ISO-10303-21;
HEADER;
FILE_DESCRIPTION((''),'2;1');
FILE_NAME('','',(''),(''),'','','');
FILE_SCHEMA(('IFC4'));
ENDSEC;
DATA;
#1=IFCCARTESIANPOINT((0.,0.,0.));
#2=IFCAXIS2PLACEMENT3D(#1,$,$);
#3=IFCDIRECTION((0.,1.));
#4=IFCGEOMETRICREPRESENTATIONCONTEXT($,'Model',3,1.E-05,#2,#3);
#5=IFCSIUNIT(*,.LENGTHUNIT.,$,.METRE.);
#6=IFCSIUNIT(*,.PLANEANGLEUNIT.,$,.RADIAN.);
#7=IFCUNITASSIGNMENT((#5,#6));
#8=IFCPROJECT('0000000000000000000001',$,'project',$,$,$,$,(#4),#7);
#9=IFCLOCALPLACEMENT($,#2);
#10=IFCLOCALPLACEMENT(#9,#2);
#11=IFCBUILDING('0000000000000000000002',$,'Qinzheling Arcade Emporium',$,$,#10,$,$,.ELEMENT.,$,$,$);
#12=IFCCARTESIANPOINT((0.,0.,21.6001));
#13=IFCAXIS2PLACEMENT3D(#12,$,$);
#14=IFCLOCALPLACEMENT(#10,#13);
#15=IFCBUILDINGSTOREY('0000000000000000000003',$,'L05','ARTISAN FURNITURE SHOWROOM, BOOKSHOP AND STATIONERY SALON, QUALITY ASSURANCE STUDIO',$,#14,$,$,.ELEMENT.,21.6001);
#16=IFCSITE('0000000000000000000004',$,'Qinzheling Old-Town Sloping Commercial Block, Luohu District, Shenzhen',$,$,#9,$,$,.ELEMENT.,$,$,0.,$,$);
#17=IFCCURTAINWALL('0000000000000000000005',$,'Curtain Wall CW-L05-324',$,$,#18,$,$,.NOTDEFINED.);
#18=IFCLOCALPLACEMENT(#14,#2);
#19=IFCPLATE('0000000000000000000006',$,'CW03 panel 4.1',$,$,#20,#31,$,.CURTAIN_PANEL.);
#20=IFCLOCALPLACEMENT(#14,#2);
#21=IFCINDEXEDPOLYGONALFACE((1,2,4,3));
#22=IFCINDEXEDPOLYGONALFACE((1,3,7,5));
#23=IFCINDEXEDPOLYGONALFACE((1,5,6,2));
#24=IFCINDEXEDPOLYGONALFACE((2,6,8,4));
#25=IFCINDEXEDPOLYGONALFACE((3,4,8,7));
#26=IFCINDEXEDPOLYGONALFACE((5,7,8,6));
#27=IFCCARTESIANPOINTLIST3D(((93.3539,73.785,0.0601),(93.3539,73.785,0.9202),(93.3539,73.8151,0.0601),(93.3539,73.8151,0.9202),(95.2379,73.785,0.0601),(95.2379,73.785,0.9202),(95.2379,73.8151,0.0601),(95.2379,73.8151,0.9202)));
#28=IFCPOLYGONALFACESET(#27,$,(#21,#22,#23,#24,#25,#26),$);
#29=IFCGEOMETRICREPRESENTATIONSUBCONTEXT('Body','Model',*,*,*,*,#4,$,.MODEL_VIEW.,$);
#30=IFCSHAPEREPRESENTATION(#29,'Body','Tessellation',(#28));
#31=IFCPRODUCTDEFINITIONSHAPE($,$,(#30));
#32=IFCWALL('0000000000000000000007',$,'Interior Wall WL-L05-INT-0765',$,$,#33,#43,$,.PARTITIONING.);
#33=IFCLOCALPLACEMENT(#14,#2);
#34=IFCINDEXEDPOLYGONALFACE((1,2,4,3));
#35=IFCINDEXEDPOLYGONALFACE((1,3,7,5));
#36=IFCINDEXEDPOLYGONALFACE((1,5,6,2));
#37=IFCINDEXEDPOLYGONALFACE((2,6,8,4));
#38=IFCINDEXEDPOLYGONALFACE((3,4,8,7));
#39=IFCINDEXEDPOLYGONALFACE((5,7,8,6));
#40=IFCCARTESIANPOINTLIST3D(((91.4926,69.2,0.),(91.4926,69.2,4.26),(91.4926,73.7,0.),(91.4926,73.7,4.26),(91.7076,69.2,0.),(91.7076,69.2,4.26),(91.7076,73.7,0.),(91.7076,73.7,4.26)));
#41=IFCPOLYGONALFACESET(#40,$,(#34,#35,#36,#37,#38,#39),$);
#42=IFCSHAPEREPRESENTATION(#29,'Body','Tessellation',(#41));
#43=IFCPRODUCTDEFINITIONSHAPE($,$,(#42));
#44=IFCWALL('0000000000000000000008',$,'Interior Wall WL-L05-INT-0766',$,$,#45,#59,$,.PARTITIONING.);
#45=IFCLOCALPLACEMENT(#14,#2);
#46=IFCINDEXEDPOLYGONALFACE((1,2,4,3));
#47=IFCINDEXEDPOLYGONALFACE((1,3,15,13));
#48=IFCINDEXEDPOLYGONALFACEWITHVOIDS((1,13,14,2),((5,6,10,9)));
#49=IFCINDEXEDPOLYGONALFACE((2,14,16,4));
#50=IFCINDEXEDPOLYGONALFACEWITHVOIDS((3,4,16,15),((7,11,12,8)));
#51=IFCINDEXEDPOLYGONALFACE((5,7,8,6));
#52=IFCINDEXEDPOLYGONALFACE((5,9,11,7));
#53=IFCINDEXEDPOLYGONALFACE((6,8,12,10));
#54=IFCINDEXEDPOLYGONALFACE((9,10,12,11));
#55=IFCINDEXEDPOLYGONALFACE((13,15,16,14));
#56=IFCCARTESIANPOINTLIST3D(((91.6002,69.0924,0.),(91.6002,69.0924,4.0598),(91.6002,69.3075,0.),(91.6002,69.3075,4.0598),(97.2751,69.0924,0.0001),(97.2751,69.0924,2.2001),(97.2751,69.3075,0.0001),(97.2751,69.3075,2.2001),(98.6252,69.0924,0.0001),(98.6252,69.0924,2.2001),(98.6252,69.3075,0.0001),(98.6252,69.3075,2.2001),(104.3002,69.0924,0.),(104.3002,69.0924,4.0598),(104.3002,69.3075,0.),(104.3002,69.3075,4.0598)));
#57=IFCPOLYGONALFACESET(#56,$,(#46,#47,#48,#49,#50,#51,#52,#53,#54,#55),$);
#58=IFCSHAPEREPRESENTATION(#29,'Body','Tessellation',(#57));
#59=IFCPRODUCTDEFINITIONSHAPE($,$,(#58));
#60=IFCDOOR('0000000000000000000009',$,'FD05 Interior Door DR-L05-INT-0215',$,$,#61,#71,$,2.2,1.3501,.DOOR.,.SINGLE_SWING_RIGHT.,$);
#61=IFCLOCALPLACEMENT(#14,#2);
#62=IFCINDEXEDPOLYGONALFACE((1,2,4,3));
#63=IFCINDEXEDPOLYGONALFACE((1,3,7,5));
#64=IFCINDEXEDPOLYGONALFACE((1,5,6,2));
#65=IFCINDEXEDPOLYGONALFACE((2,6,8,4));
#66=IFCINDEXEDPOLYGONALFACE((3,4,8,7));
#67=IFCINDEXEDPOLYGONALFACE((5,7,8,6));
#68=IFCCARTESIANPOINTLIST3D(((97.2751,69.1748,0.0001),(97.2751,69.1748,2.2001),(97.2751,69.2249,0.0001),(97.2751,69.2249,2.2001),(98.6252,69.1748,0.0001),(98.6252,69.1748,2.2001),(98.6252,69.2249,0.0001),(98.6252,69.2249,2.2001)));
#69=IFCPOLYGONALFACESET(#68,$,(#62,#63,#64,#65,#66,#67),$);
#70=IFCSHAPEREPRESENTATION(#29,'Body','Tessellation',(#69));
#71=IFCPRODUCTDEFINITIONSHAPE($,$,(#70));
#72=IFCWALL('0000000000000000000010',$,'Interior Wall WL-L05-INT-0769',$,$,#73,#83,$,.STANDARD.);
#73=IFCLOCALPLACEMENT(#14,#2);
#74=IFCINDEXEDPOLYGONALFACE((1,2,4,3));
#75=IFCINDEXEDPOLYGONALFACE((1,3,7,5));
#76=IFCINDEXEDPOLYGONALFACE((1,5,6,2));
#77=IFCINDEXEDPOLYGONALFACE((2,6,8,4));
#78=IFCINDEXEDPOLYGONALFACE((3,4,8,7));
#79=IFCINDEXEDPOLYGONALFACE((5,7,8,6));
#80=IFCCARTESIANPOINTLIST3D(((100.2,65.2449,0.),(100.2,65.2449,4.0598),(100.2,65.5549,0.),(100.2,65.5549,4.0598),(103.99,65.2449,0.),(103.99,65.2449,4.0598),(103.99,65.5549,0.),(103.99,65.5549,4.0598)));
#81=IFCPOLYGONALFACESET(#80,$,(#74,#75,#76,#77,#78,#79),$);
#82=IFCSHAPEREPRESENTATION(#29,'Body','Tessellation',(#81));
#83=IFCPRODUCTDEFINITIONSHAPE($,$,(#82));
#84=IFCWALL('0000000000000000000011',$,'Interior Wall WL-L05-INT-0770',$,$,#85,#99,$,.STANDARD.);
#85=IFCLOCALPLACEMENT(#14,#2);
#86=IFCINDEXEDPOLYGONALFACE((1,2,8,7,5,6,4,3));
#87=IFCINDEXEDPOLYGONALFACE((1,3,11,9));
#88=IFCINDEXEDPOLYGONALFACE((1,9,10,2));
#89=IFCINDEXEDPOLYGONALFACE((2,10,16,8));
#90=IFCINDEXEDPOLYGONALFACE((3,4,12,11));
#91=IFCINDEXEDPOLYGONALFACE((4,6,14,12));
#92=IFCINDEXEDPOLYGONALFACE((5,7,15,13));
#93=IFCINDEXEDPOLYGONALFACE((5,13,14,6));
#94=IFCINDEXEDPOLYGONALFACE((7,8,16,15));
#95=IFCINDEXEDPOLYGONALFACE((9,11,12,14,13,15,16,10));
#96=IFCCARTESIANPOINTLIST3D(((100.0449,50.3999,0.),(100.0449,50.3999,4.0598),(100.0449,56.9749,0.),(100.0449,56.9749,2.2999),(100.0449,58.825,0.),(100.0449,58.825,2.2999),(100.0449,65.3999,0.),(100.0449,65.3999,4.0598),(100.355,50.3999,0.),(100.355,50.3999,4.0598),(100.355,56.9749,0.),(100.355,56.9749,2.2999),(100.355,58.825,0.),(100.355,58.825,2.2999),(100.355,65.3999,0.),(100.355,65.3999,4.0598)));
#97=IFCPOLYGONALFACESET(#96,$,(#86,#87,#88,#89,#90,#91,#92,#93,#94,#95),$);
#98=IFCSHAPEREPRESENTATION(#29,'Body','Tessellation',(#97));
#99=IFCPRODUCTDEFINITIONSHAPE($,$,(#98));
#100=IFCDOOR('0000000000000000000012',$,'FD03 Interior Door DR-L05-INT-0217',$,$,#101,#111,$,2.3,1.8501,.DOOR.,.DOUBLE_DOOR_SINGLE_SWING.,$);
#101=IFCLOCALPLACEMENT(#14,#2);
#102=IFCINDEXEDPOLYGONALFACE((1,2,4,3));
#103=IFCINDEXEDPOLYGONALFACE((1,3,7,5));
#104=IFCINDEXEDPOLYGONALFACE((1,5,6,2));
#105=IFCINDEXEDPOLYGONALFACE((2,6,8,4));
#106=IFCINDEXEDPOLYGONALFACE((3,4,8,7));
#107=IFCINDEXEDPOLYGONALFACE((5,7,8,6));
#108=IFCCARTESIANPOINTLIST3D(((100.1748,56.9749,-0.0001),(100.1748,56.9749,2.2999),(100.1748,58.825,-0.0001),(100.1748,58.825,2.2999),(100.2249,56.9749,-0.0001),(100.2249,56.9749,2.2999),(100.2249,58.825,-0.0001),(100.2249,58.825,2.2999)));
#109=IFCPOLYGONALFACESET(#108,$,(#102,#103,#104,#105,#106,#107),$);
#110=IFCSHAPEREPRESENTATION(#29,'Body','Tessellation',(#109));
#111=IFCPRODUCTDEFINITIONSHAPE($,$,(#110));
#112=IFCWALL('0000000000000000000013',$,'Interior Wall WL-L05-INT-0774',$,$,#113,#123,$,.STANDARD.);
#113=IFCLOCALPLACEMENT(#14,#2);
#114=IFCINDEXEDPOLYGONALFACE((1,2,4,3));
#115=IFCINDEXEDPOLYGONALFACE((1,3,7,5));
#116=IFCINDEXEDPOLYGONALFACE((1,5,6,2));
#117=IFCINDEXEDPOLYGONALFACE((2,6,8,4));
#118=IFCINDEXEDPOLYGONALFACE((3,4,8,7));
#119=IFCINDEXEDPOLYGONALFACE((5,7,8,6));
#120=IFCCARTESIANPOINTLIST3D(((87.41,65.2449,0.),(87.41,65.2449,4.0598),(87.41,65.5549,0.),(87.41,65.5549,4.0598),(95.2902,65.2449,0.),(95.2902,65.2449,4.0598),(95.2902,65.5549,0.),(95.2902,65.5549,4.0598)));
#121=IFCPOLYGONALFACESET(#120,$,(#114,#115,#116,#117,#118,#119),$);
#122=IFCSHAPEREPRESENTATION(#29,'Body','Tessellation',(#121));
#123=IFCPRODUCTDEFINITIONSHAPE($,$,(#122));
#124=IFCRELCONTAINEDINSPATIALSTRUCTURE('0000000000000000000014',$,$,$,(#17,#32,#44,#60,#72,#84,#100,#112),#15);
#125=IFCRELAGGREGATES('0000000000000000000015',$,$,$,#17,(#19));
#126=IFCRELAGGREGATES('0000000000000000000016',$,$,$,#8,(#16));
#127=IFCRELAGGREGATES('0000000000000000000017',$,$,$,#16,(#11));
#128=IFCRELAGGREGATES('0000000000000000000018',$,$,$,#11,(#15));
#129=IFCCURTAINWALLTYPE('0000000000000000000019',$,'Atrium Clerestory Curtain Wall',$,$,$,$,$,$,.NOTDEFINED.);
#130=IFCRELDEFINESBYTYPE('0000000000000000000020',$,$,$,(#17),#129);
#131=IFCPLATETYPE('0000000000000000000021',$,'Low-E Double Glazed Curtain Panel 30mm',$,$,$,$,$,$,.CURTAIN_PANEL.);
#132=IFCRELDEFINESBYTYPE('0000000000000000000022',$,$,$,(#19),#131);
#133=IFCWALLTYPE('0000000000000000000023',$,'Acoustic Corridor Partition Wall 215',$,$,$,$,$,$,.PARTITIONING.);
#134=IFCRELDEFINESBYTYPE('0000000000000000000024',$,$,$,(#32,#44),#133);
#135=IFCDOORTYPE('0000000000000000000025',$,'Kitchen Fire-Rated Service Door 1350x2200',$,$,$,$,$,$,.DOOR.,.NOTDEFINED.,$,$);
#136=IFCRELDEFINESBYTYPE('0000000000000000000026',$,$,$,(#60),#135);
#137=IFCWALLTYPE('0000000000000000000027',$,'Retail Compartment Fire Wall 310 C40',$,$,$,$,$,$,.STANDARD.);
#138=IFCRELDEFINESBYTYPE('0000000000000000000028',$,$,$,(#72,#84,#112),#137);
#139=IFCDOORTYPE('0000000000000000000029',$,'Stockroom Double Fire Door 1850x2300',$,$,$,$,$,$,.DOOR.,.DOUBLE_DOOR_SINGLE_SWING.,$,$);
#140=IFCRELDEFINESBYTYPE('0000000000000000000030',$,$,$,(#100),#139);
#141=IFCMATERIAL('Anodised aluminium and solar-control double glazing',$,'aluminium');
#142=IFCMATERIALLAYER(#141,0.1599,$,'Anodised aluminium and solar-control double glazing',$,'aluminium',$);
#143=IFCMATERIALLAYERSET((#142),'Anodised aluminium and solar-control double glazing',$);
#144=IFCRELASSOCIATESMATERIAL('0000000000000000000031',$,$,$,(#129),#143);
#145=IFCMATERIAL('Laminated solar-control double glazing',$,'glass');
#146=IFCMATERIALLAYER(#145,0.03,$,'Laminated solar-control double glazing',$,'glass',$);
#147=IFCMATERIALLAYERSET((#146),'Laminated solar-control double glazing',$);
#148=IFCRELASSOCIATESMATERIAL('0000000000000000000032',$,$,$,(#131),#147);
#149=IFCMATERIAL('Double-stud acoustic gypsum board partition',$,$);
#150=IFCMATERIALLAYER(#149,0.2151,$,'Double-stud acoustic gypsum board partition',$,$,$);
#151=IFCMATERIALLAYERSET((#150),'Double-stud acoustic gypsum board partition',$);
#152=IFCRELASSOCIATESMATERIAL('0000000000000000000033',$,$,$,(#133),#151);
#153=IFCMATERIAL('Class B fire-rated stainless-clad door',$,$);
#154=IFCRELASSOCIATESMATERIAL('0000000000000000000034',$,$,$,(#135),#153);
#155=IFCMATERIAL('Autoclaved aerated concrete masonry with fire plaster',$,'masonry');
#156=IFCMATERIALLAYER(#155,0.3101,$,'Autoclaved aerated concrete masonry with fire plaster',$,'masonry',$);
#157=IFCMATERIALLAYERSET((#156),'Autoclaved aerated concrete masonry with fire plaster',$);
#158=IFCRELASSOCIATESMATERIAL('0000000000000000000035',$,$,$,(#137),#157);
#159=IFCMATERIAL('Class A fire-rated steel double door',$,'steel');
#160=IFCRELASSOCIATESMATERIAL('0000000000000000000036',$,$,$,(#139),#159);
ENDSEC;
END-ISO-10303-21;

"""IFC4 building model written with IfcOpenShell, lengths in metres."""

from ifc_helpers import new_model, si_unit, direction, frame, frame_2d, origin, origin_2d, place, context, subcontext, project, spatial, rectangle, extrude, material, layer, layer_set, type_object, element, fill, aggregate, save


model = new_model("IFC4")

# Units and contexts
model_context = context("Model", 3, precision=1e-05, world=origin(), true_north=direction((0.0, 1.0)))
body_context = subcontext(model_context, "Body", "Model", "MODEL_VIEW")
ifc_project = project(units=[si_unit("LENGTHUNIT", "METRE"), si_unit("PLANEANGLEUNIT", "RADIAN")], contexts=[model_context])

# Site, building, storey
site_placement = place(None, origin())
site = spatial("IfcSite", under=ifc_project, at=site_placement, Name="Qinzheling Old-Town Sloping Commercial Block, Luohu District, Shenzhen", CompositionType="ELEMENT", RefElevation=0.0)
building_placement = place(site_placement, origin())
building = spatial("IfcBuilding", under=site, at=building_placement, Name="Qinzheling Arcade Emporium", CompositionType="ELEMENT")
storey_placement = place(building_placement, frame((0.0, 0.0, 21.6001)))
storey = spatial("IfcBuildingStorey", under=building, at=storey_placement, Name="L05", Description="ARTISAN FURNITURE SHOWROOM, BOOKSHOP AND STATIONERY SALON, QUALITY ASSURANCE STUDIO", CompositionType="ELEMENT", Elevation=21.6001)

# Curtain wall
ifc_material_1 = material(Name="Anodised aluminium and solar-control double glazing", Category="aluminium")
ifc_layer_1 = layer(ifc_material_1, 0.1599, Name="Anodised aluminium and solar-control double glazing", Category="aluminium")
ifc_layer_set_1 = layer_set([ifc_layer_1], Name="Anodised aluminium and solar-control double glazing")
curtain_wall_type = type_object("IfcCurtainWallType", Name="Atrium Clerestory Curtain Wall", PredefinedType="NOTDEFINED", material=ifc_layer_set_1)
curtain_wall_1_placement = place(storey_placement, origin())
curtain_wall_1 = element("IfcCurtainWall", 1, at=curtain_wall_1_placement, inside=storey, type_object=curtain_wall_type, Name="Curtain Wall CW-L05-324", PredefinedType="NOTDEFINED")

# Plate
ifc_material_2 = material(Name="Laminated solar-control double glazing", Category="glass")
ifc_layer_2 = layer(ifc_material_2, 0.03, Name="Laminated solar-control double glazing", Category="glass")
ifc_layer_set_2 = layer_set([ifc_layer_2], Name="Laminated solar-control double glazing")
plate_type = type_object("IfcPlateType", Name="Low-E Double Glazed Curtain Panel 30mm", PredefinedType="CURTAIN_PANEL", material=ifc_layer_set_2)
plate_1_placement = place(storey_placement, frame((94.2959, 73.8, 0.0601), z_axis=(0.0, 0.0, 1.0), x_axis=(1.0, 0.0, 0.0)))
plate_1 = element("IfcPlate", 2, at=plate_1_placement, type_object=plate_type, Name="CW03 panel 4.1", PredefinedType="CURTAIN_PANEL", context=body_context, shape_type="SweptSolid", body=[
    extrude(rectangle(XDim=1.884, YDim=0.03, at=origin_2d()), origin(), (0.0, 0.0, 1.0), 0.8601),
])
aggregate(curtain_wall_1, [plate_1])

# Wall
ifc_material_3 = material(Name="Double-stud acoustic gypsum board partition")
ifc_layer_3 = layer(ifc_material_3, 0.2151, Name="Double-stud acoustic gypsum board partition")
ifc_layer_set_3 = layer_set([ifc_layer_3], Name="Double-stud acoustic gypsum board partition")
wall_type_1 = type_object("IfcWallType", Name="Acoustic Corridor Partition Wall 215", PredefinedType="PARTITIONING", material=ifc_layer_set_3)
wall_1_placement = place(storey_placement, frame((91.6001, 73.7, 0.0), z_axis=(0.0, 0.0, 1.0), x_axis=(0.0, -1.0, 0.0)))
element("IfcWall", 3, at=wall_1_placement, inside=storey, type_object=wall_type_1, Name="Interior Wall WL-L05-INT-0765", PredefinedType="PARTITIONING", context=body_context, shape_type="SweptSolid", body=[
    extrude(rectangle(XDim=4.5, YDim=0.2151, at=frame_2d((2.25, 0.0))), origin(), (0.0, 0.0, 1.0), 4.26),
])

# Wall, opening, door
wall_2_placement = place(storey_placement, frame((91.6001, 69.2, 0.0), z_axis=(0.0, 0.0, 1.0), x_axis=(1.0, 0.0, 0.0)))
wall_2 = element("IfcWall", 4, at=wall_2_placement, inside=storey, type_object=wall_type_1, Name="Interior Wall WL-L05-INT-0766", PredefinedType="PARTITIONING", context=body_context, shape_type="SweptSolid", body=[
    extrude(rectangle(XDim=12.7, YDim=0.2151, at=frame_2d((6.3501, 0.0))), origin(), (0.0, 0.0, 1.0), 4.0598),
])
opening_1_placement = place(wall_2_placement, frame((5.675, 0.0, 0.0)))
opening_1 = element("IfcOpeningElement", 5, at=opening_1_placement, cuts=wall_2, PredefinedType="OPENING", context=body_context, shape_type="SweptSolid", body=[
    extrude(rectangle(XDim=1.3501, YDim=2.2, at=frame_2d((0.675, 1.1001))), frame((0.0, 0.1177, 0.0), z_axis=(0.0, -1.0, 0.0), x_axis=(1.0, 0.0, 0.0)), (0.0, 0.0, 1.0), 0.2351),
])
ifc_material_4 = material(Name="Class B fire-rated stainless-clad door")
door_type_1 = type_object("IfcDoorType", Name="Kitchen Fire-Rated Service Door 1350x2200", OperationType="NOTDEFINED", PredefinedType="DOOR", material=ifc_material_4)
door_1_placement = place(opening_1_placement, origin())
door_1 = element("IfcDoor", 6, at=door_1_placement, inside=storey, type_object=door_type_1, Name="FD05 Interior Door DR-L05-INT-0215", OperationType="SINGLE_SWING_RIGHT", OverallHeight=2.2, OverallWidth=1.3501, PredefinedType="DOOR", context=body_context, shape_type="SweptSolid", body=[
    extrude(rectangle(XDim=1.3501, YDim=2.2, at=frame_2d((0.675, 1.1001))), frame((0.0, 0.0249, 0.0), z_axis=(0.0, -1.0, 0.0), x_axis=(1.0, 0.0, 0.0)), (0.0, 0.0, 1.0), 0.05),
])
fill(opening_1, door_1)

# Wall
ifc_material_5 = material(Name="Autoclaved aerated concrete masonry with fire plaster", Category="masonry")
ifc_layer_4 = layer(ifc_material_5, 0.3101, Name="Autoclaved aerated concrete masonry with fire plaster", Category="masonry")
ifc_layer_set_4 = layer_set([ifc_layer_4], Name="Autoclaved aerated concrete masonry with fire plaster")
wall_type_2 = type_object("IfcWallType", Name="Retail Compartment Fire Wall 310 C40", PredefinedType="STANDARD", material=ifc_layer_set_4)
wall_3_placement = place(storey_placement, frame((103.99, 65.3999, 0.0), z_axis=(0.0, 0.0, 1.0), x_axis=(-1.0, 0.0, 0.0)))
element("IfcWall", 7, at=wall_3_placement, inside=storey, type_object=wall_type_2, Name="Interior Wall WL-L05-INT-0769", PredefinedType="STANDARD", context=body_context, shape_type="SweptSolid", body=[
    extrude(rectangle(XDim=3.79, YDim=0.3101, at=frame_2d((1.895, 0.0))), origin(), (0.0, 0.0, 1.0), 4.0598),
])

# Wall, opening, door
wall_4_placement = place(storey_placement, frame((100.2, 65.3999, 0.0), z_axis=(0.0, 0.0, 1.0), x_axis=(0.0, -1.0, 0.0)))
wall_4 = element("IfcWall", 8, at=wall_4_placement, inside=storey, type_object=wall_type_2, Name="Interior Wall WL-L05-INT-0770", PredefinedType="STANDARD", context=body_context, shape_type="SweptSolid", body=[
    extrude(rectangle(XDim=15.0, YDim=0.3101, at=frame_2d((7.5, 0.0))), origin(), (0.0, 0.0, 1.0), 4.0598),
])
opening_2_placement = place(wall_4_placement, frame((6.575, 0.0, 0.0)))
opening_2 = element("IfcOpeningElement", 9, at=opening_2_placement, cuts=wall_4, PredefinedType="OPENING", context=body_context, shape_type="SweptSolid", body=[
    extrude(rectangle(XDim=1.8501, YDim=2.3, at=frame_2d((0.925, 1.1499))), frame((0.0, 0.165, 0.0), z_axis=(0.0, -1.0, 0.0), x_axis=(1.0, 0.0, 0.0)), (0.0, 0.0, 1.0), 0.3301),
])
ifc_material_6 = material(Name="Class A fire-rated steel double door", Category="steel")
door_type_2 = type_object("IfcDoorType", Name="Stockroom Double Fire Door 1850x2300", OperationType="DOUBLE_DOOR_SINGLE_SWING", PredefinedType="DOOR", material=ifc_material_6)
door_2_placement = place(opening_2_placement, origin())
door_2 = element("IfcDoor", 10, at=door_2_placement, inside=storey, type_object=door_type_2, Name="FD03 Interior Door DR-L05-INT-0217", OperationType="DOUBLE_DOOR_SINGLE_SWING", OverallHeight=2.3, OverallWidth=1.8501, PredefinedType="DOOR", context=body_context, shape_type="SweptSolid", body=[
    extrude(rectangle(XDim=1.8501, YDim=2.3, at=frame_2d((0.925, 1.1499))), frame((0.0, 0.0249, 0.0), z_axis=(0.0, -1.0, 0.0), x_axis=(1.0, 0.0, 0.0)), (0.0, 0.0, 1.0), 0.05),
])
fill(opening_2, door_2)

# Wall
wall_5_placement = place(storey_placement, frame((95.29, 65.3999, 0.0), z_axis=(0.0, 0.0, 1.0), x_axis=(-1.0, 0.0, 0.0)))
element("IfcWall", 11, at=wall_5_placement, inside=storey, type_object=wall_type_2, Name="Interior Wall WL-L05-INT-0774", PredefinedType="STANDARD", context=body_context, shape_type="SweptSolid", body=[
    extrude(rectangle(XDim=7.8801, YDim=0.3101, at=frame_2d((3.9399, 0.0))), origin(), (0.0, 0.0, 1.0), 4.0598),
])

save(model, "model.ifc")
